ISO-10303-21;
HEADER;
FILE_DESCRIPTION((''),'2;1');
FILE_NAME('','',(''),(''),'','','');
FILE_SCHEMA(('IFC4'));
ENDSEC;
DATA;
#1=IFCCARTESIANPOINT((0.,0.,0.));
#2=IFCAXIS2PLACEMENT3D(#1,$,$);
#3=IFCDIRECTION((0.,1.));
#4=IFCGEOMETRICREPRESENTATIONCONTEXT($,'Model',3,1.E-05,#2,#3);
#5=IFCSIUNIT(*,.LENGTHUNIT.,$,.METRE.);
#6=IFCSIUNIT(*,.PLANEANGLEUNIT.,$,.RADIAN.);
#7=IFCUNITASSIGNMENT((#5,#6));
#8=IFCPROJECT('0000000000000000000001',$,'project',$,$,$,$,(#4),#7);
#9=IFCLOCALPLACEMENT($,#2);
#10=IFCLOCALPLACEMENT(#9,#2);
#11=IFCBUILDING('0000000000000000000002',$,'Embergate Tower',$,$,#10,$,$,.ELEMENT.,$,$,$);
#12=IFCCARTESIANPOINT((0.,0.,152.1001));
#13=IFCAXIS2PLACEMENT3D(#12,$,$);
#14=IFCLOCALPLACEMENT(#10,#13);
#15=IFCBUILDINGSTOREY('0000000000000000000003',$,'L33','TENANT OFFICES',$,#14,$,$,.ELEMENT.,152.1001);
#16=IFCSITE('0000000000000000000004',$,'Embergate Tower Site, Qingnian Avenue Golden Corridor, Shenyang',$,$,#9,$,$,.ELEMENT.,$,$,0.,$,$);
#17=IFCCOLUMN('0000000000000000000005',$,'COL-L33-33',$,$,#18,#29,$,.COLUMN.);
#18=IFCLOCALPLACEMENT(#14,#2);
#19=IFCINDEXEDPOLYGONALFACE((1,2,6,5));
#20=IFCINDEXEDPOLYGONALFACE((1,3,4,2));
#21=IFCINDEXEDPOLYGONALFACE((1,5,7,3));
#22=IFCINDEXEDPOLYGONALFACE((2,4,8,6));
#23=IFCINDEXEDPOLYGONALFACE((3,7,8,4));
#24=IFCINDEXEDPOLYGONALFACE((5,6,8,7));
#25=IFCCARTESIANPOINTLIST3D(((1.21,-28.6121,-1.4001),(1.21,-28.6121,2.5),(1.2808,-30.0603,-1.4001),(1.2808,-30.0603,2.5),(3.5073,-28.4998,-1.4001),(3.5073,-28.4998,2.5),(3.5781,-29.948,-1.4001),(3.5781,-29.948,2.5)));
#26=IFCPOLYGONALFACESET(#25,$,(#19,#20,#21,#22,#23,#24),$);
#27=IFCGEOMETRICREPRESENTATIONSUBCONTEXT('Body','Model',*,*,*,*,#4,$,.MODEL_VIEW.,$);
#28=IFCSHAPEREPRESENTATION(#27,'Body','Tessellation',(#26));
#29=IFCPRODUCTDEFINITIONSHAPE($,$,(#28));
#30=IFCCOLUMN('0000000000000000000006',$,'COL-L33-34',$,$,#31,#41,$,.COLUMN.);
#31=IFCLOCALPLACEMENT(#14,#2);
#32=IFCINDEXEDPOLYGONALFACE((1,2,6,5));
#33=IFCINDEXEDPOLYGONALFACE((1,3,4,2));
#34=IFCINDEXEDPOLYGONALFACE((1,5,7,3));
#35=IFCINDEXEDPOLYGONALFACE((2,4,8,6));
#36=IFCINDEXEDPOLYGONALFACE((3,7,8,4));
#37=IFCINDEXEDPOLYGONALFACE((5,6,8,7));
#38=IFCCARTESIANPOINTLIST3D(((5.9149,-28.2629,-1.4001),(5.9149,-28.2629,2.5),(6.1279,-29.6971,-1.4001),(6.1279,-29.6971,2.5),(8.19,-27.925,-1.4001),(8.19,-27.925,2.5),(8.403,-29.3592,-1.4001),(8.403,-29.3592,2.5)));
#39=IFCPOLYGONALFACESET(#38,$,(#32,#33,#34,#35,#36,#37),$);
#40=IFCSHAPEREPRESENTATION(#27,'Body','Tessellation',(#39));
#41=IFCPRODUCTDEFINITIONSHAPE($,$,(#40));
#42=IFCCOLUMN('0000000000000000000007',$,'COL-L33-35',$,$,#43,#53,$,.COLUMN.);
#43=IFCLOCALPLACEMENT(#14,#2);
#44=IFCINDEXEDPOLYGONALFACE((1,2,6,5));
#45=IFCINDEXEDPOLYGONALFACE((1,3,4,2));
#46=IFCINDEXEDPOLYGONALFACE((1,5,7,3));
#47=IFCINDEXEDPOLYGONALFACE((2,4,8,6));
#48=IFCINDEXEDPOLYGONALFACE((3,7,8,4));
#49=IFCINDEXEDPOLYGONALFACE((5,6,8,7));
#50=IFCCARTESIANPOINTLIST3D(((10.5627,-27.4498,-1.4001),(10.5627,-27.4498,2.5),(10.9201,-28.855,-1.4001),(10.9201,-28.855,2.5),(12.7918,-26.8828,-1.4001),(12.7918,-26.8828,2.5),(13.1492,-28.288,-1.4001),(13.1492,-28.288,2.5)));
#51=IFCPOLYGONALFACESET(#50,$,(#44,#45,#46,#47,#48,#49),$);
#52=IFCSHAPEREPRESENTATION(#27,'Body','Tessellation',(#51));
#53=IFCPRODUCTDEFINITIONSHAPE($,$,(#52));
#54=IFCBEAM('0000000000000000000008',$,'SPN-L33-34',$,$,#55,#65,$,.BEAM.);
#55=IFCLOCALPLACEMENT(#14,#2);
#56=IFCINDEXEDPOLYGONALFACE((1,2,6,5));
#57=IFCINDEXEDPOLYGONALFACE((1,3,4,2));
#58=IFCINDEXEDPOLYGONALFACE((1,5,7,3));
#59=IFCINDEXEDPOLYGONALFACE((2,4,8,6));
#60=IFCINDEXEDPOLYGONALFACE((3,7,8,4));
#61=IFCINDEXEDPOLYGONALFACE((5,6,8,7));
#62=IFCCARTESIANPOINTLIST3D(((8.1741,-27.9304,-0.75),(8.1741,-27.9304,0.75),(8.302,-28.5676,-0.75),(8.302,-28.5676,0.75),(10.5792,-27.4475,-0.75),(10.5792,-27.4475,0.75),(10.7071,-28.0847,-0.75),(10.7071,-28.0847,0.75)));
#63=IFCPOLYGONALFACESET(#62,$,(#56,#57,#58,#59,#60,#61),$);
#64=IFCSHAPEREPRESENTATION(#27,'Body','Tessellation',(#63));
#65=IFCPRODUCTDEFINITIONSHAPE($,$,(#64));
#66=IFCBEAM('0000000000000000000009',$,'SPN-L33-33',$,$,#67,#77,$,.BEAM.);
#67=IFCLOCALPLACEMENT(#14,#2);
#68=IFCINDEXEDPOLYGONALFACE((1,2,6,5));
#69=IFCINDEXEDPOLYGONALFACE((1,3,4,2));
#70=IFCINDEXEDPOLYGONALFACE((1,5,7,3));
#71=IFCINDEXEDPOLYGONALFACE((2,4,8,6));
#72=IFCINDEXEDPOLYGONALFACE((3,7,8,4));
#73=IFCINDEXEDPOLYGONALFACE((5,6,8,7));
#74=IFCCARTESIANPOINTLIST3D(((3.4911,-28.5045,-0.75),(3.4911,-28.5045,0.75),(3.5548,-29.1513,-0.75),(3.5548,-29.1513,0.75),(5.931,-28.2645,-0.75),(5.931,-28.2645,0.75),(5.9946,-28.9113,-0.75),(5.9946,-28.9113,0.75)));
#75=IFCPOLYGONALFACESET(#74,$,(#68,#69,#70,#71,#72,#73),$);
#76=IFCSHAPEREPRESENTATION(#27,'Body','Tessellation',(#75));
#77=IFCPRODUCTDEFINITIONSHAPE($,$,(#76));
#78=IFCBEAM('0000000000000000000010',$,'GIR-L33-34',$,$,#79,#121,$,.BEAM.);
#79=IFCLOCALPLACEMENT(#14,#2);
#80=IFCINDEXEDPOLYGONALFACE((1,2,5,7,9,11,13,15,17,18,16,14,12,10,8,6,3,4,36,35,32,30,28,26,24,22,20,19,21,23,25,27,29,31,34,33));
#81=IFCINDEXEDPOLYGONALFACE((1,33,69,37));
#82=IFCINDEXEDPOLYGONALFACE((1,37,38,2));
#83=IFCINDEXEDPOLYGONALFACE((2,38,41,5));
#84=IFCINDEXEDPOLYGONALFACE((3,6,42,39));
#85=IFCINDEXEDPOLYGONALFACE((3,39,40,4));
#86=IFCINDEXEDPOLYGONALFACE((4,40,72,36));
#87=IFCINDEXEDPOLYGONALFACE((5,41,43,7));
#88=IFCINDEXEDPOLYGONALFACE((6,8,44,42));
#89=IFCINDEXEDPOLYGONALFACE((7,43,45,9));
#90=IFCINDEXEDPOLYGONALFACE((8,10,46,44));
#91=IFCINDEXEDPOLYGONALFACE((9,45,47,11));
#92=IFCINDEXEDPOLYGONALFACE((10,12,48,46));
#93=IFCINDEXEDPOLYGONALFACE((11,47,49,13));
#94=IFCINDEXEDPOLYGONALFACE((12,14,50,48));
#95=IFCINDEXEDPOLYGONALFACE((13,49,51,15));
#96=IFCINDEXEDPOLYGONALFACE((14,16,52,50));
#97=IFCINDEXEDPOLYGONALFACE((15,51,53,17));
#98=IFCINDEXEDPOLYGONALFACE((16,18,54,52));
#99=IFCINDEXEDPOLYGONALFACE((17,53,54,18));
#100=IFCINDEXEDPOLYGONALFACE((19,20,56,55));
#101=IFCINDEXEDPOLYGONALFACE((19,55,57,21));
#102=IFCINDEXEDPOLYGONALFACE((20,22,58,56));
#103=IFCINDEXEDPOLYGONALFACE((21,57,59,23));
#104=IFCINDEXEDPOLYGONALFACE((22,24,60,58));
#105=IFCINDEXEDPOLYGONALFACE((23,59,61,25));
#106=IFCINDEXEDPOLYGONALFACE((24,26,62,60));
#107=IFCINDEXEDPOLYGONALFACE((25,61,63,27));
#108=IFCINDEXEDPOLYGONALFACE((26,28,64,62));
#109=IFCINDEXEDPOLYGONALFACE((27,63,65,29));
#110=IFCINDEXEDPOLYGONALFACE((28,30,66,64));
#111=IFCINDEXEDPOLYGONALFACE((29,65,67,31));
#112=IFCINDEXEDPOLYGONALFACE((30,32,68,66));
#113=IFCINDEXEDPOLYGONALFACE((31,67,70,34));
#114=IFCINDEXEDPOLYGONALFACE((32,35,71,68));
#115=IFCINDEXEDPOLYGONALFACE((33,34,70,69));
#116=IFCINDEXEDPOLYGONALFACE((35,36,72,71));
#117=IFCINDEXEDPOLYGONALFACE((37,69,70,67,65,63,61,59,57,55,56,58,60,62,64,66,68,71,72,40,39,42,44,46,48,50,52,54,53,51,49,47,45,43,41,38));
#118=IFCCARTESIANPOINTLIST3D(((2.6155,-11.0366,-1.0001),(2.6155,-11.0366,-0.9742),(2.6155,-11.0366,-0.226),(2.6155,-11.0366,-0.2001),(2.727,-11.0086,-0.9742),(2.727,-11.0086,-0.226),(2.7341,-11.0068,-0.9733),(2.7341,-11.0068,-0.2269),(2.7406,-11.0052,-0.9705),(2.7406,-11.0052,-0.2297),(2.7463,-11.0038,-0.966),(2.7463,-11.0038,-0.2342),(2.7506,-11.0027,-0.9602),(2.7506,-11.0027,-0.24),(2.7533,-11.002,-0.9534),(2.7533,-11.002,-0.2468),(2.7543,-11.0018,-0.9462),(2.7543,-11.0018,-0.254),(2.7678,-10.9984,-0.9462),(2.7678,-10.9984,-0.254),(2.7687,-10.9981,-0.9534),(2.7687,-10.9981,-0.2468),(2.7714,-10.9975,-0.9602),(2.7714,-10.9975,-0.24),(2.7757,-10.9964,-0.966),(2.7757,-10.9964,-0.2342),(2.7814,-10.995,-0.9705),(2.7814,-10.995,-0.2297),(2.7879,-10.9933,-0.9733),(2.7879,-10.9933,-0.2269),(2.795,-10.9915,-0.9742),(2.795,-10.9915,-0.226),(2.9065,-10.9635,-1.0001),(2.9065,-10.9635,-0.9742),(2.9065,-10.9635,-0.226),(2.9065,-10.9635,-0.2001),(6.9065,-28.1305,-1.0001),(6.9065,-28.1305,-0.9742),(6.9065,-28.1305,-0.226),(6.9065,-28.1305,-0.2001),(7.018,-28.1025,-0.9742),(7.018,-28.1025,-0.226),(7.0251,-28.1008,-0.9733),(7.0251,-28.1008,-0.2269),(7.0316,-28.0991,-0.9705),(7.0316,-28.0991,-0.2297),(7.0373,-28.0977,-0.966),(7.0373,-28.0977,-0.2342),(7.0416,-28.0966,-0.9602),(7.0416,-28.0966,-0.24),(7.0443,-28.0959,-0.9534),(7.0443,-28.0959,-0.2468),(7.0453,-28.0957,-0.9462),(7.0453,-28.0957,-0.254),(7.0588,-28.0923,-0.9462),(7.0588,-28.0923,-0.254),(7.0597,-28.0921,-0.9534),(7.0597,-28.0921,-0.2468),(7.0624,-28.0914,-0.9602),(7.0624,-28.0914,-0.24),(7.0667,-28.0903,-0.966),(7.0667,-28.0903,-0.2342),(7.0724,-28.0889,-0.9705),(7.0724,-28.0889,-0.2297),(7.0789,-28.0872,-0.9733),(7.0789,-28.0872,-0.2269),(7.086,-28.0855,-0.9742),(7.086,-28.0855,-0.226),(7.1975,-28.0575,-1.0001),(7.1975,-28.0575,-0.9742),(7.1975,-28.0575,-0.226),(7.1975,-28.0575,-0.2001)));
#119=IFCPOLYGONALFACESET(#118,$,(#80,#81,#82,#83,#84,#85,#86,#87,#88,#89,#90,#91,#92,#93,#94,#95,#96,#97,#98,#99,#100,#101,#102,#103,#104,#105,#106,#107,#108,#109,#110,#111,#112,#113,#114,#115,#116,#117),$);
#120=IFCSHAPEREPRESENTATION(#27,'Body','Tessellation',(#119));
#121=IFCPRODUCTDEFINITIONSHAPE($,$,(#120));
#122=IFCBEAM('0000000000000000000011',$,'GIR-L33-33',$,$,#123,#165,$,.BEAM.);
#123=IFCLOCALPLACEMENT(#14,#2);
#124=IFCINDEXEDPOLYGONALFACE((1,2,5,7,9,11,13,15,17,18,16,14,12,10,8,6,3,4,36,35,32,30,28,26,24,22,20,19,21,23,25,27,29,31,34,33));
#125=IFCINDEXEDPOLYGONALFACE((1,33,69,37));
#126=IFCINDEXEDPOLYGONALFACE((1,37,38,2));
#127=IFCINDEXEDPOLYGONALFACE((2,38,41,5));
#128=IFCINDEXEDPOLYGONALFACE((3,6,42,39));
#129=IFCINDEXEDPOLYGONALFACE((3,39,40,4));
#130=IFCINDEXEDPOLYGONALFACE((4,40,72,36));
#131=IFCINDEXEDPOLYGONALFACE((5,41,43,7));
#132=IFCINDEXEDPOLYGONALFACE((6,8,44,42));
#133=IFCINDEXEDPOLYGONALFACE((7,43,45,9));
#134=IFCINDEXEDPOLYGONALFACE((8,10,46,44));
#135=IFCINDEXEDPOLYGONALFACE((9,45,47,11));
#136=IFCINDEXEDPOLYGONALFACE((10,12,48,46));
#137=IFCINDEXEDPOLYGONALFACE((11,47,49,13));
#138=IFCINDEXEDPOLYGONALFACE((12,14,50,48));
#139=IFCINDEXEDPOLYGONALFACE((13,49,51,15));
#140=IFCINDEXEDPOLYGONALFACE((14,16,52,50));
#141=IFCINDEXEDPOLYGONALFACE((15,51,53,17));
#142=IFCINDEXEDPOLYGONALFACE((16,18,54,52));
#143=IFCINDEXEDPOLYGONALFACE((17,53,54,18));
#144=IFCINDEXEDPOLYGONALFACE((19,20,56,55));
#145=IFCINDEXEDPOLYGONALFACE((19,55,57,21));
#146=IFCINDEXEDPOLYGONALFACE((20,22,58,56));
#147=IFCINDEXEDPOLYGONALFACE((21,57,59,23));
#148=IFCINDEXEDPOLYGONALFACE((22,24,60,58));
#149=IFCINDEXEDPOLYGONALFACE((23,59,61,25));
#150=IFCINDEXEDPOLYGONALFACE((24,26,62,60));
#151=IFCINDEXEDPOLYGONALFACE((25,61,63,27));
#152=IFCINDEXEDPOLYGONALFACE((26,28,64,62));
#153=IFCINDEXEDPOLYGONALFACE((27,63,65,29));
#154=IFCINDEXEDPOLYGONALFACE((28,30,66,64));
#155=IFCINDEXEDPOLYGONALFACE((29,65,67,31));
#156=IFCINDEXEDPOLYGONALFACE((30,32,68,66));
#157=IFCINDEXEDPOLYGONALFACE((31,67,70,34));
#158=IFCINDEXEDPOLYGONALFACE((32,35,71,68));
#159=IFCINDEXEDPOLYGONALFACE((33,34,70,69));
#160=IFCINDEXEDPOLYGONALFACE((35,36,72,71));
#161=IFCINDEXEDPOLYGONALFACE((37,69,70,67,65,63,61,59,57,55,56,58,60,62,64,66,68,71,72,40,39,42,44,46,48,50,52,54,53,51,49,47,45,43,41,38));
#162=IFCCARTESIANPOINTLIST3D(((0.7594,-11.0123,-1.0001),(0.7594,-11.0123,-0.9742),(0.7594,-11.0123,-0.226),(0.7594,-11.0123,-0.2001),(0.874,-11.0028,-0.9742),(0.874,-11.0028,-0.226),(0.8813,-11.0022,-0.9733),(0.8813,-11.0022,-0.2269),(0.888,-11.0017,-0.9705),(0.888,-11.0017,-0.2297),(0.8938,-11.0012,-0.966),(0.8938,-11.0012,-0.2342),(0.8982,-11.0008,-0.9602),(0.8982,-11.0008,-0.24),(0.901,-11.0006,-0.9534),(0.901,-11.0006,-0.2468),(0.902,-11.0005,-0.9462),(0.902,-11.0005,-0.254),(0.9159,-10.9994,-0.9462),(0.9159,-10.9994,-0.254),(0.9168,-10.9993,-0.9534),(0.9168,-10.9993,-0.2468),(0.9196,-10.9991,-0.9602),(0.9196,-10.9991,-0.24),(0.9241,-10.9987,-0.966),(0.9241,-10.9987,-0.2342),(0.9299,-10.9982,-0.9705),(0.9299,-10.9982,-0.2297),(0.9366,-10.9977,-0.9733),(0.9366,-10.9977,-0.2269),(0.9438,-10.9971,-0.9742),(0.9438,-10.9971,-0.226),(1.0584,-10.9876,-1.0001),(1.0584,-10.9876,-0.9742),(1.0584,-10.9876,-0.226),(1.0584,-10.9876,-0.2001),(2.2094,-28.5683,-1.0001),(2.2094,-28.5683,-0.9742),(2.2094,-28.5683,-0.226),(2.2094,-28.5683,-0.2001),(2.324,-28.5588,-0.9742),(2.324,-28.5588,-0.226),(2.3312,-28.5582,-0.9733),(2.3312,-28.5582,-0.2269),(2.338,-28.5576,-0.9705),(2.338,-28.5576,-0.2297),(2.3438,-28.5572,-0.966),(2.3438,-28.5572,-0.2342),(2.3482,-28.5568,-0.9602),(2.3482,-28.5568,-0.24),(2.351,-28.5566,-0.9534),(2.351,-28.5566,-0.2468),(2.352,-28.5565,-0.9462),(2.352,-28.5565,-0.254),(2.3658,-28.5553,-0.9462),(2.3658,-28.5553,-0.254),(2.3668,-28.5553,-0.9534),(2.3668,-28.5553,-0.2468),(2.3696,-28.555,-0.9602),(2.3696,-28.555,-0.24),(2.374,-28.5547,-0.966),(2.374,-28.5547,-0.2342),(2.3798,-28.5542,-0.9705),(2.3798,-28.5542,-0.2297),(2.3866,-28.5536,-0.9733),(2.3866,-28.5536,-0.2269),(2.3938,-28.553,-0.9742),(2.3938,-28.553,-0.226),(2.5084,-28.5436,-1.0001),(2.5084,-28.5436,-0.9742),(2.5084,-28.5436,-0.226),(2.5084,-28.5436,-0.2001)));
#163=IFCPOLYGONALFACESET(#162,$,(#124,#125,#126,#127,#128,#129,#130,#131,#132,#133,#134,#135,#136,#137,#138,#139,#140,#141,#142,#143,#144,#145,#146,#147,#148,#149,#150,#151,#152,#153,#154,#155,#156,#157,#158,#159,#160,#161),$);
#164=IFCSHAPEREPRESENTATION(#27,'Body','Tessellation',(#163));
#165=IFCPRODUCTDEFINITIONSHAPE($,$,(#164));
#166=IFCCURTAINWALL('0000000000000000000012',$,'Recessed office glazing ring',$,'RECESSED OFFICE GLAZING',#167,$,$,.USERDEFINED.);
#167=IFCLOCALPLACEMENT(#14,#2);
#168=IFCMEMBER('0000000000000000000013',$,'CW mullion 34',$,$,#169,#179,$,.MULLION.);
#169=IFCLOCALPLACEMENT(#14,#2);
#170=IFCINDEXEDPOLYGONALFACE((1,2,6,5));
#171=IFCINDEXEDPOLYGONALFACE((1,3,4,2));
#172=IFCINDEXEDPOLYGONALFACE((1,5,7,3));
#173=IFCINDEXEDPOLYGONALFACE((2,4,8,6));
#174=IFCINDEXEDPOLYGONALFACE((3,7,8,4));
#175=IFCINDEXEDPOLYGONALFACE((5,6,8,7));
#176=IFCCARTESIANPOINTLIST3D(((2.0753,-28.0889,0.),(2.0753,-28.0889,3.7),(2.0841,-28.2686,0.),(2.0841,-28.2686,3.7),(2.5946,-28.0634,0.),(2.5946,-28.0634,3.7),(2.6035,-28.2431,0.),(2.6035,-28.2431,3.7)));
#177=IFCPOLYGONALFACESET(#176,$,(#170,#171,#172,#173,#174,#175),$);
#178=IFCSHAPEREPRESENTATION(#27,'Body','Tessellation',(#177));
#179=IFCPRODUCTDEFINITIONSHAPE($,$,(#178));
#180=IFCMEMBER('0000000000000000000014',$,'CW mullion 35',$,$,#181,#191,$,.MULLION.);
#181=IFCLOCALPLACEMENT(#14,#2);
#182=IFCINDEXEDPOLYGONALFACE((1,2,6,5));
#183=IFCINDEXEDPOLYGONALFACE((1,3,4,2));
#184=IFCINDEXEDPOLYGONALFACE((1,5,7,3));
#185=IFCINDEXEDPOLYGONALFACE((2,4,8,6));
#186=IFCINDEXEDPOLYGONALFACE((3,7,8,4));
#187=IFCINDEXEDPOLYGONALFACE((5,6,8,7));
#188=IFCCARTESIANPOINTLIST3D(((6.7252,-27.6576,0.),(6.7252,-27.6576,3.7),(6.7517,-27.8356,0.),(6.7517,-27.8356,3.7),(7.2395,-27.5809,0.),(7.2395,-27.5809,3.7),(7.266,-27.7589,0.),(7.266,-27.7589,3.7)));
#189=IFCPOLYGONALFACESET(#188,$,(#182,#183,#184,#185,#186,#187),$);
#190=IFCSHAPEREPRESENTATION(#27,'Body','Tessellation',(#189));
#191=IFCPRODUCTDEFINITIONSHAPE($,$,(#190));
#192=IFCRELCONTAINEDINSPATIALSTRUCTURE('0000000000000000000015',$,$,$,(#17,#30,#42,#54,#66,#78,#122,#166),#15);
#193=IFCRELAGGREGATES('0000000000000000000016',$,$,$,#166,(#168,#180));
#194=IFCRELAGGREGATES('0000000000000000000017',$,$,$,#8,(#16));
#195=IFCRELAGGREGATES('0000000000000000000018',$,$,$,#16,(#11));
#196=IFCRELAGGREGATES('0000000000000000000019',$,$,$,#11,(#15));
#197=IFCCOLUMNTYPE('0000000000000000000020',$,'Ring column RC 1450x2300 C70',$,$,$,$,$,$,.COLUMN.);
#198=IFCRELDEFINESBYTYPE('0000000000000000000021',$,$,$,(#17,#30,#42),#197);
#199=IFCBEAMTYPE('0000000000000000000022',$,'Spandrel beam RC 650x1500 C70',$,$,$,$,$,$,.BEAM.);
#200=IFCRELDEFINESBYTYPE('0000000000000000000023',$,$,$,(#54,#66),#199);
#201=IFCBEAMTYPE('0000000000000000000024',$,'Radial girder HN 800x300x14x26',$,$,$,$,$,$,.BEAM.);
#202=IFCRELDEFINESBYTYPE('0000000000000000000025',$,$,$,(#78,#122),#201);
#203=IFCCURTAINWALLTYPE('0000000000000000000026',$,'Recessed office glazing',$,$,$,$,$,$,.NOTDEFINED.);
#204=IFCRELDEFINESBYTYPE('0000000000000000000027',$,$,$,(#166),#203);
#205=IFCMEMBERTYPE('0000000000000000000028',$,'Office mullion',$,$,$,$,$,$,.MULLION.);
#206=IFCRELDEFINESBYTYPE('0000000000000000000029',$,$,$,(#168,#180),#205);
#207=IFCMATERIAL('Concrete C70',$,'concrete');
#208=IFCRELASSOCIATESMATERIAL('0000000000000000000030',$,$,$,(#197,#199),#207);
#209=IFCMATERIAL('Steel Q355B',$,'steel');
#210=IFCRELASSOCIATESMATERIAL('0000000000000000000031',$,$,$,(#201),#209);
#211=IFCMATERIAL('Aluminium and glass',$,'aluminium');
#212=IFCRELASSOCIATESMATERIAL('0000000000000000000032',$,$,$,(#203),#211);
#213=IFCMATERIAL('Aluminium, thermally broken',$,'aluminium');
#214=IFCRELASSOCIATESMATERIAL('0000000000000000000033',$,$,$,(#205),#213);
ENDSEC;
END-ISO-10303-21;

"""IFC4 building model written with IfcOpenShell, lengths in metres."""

from ifc_helpers import new_model, si_unit, direction, frame, origin, origin_2d, place, context, subcontext, project, spatial, rectangle, i_section, extrude, source, transform, mapped, material, material_profile, profile_set, type_object, element, aggregate, save


model = new_model("IFC4")

# Units and contexts
model_context = context("Model", 3, precision=1e-05, world=origin(), true_north=direction((0.0, 1.0)))
body_context = subcontext(model_context, "Body", "Model", "MODEL_VIEW")
ifc_project = project(units=[si_unit("LENGTHUNIT", "METRE"), si_unit("PLANEANGLEUNIT", "RADIAN")], contexts=[model_context])

# Site, building, storey
site_placement = place(None, origin())
site = spatial("IfcSite", under=ifc_project, at=site_placement, Name="Embergate Tower Site, Qingnian Avenue Golden Corridor, Shenyang", CompositionType="ELEMENT", RefElevation=0.0)
building_placement = place(site_placement, origin())
building = spatial("IfcBuilding", under=site, at=building_placement, Name="Embergate Tower", CompositionType="ELEMENT")
storey_placement = place(building_placement, frame((0.0, 0.0, 152.1001)))
storey = spatial("IfcBuildingStorey", under=building, at=storey_placement, Name="L33", Description="TENANT OFFICES", CompositionType="ELEMENT", Elevation=152.1001)

# Columns
ifc_material_1 = material(Name="Concrete C70", Category="concrete")
ifc_material_profile_1 = material_profile(ifc_material_1, rectangle(XDim=1.45, YDim=2.3, at=origin_2d()), Name="RC 1450x2300")
ifc_profile_set_1 = profile_set([ifc_material_profile_1], Name="Concrete C70")
column_type = type_object("IfcColumnType", Name="Ring column RC 1450x2300 C70", PredefinedType="COLUMN", material=ifc_profile_set_1)
shared_shape_1 = source(origin(), body_context, "Body", "SweptSolid", [
    extrude(rectangle(XDim=1.45, YDim=2.3, at=origin_2d()), origin(), (0.0, 0.0, 1.0), 3.9001),
])
for number, where, z_axis, x_axis, name in (
    (1, (2.394, -29.28, -1.4001), (0.0, 0.0, 1.0), (0.048815, -0.998808, 0.0), "COL-L33-33"),
    (2, (7.1589, -28.811, -1.4001), (0.0, 0.0, 1.0), (0.146929, -0.989147, 0.0), "COL-L33-34"),
    (3, (11.856, -27.8689, -1.4001), (0.0, 0.0, 1.0), (0.246492, -0.969145, 0.0), "COL-L33-35"),
):
    element("IfcColumn", number, at=place(storey_placement, frame(where, z_axis=z_axis, x_axis=x_axis)), inside=storey, type_object=column_type, Name=name, PredefinedType="COLUMN", context=body_context, shape_type="MappedRepresentation", body=[
        mapped(shared_shape_1, transform((0.0, 0.0, 0.0))),
    ])

# Beams
ifc_material_profile_2 = material_profile(ifc_material_1, rectangle(XDim=0.6499, YDim=1.5, at=origin_2d()), Name="RC 650x1500")
ifc_profile_set_2 = profile_set([ifc_material_profile_2], Name="Concrete C70")
beam_type_1 = type_object("IfcBeamType", Name="Spandrel beam RC 650x1500 C70", PredefinedType="BEAM", material=ifc_profile_set_2)
shared_shape_2 = source(origin(), body_context, "Body", "SweptSolid", [
    extrude(rectangle(XDim=0.6499, YDim=1.5, at=origin_2d()), origin(), (0.0, 0.0, 1.0), 2.4531),
])
beam_1_placement = place(storey_placement, frame((8.238, -28.249, 0.0), z_axis=(0.980431, 0.196863, 0.0), x_axis=(-0.196863, 0.980431, 0.0)))
element("IfcBeam", 4, at=beam_1_placement, inside=storey, type_object=beam_type_1, Name="SPN-L33-34", PredefinedType="BEAM", context=body_context, shape_type="MappedRepresentation", body=[
    mapped(shared_shape_2, transform((0.0, 0.0, 0.0))),
])
shared_shape_3 = source(origin(), body_context, "Body", "SweptSolid", [
    extrude(rectangle(XDim=0.6499, YDim=1.5, at=origin_2d()), origin(), (0.0, 0.0, 1.0), 2.4517),
])
beam_2_placement = place(storey_placement, frame((3.5229, -28.8279, 0.0), z_axis=(0.995198, 0.097887, 0.0), x_axis=(-0.097887, 0.995198, 0.0)))
element("IfcBeam", 5, at=beam_2_placement, inside=storey, type_object=beam_type_1, Name="SPN-L33-33", PredefinedType="BEAM", context=body_context, shape_type="MappedRepresentation", body=[
    mapped(shared_shape_3, transform((0.0, 0.0, 0.0))),
])
ifc_material_2 = material(Name="Steel Q355B", Category="steel")
ifc_material_profile_3 = material_profile(ifc_material_2, i_section(OverallWidth=0.3, OverallDepth=0.8, WebThickness=0.0139, FlangeThickness=0.0259, FilletRadius=0.0281, at=origin_2d()), Name="HN 800x300x14x26")
ifc_profile_set_3 = profile_set([ifc_material_profile_3], Name="Steel Q355 grade B")
beam_type_2 = type_object("IfcBeamType", Name="Radial girder HN 800x300x14x26", PredefinedType="BEAM", material=ifc_profile_set_3)
shared_shape_4 = source(origin(), body_context, "Body", "SweptSolid", [
    extrude(i_section(OverallWidth=0.3, OverallDepth=0.8, WebThickness=0.0139, FlangeThickness=0.0259, FilletRadius=0.0281, at=origin_2d()), origin(), (0.0, 0.0, 1.0), 17.6243),
])
beam_3_placement = place(storey_placement, frame((7.052, -28.094, -0.6001), z_axis=(-0.243471, 0.969908, 0.0), x_axis=(-0.969908, -0.243471, 0.0)))
element("IfcBeam", 6, at=beam_3_placement, inside=storey, type_object=beam_type_2, Name="GIR-L33-34", PredefinedType="BEAM", context=body_context, shape_type="MappedRepresentation", body=[
    mapped(shared_shape_4, transform((0.0, 0.0, 0.0))),
])
shared_shape_5 = source(origin(), body_context, "Body", "SweptSolid", [
    extrude(i_section(OverallWidth=0.3, OverallDepth=0.8, WebThickness=0.0139, FlangeThickness=0.0259, FilletRadius=0.0281, at=origin_2d()), origin(), (0.0, 0.0, 1.0), 17.6157),
])
beam_4_placement = place(storey_placement, frame((2.3589, -28.5559, -0.6001), z_axis=(-0.08231, 0.996607, 0.0), x_axis=(-0.996607, -0.08231, 0.0)))
element("IfcBeam", 7, at=beam_4_placement, inside=storey, type_object=beam_type_2, Name="GIR-L33-33", PredefinedType="BEAM", context=body_context, shape_type="MappedRepresentation", body=[
    mapped(shared_shape_5, transform((0.0, 0.0, 0.0))),
])

# Curtain wall, members
ifc_material_3 = material(Name="Aluminium and glass", Category="aluminium")
curtain_wall_type = type_object("IfcCurtainWallType", Name="Recessed office glazing", PredefinedType="NOTDEFINED", material=ifc_material_3)
curtain_wall_placement = place(storey_placement, origin())
curtain_wall = element("IfcCurtainWall", 8, at=curtain_wall_placement, inside=storey, type_object=curtain_wall_type, Name="Recessed office glazing ring", ObjectType="RECESSED OFFICE GLAZING", PredefinedType="USERDEFINED")
ifc_material_4 = material(Name="Aluminium, thermally broken", Category="aluminium")
ifc_material_profile_4 = material_profile(ifc_material_4, rectangle(XDim=0.1799, YDim=0.52, at=origin_2d()), Name="AL 520x180")
ifc_profile_set_4 = profile_set([ifc_material_profile_4], Name="Aluminium, thermally broken")
member_type_1 = type_object("IfcMemberType", Name="Office mullion", PredefinedType="MULLION", material=ifc_profile_set_4)
shared_shape_6 = source(origin(), body_context, "Body", "SweptSolid", [
    extrude(rectangle(XDim=0.1799, YDim=0.52, at=origin_2d()), origin(), (0.0, 0.0, 1.0), 3.7),
])
member_1_placement = place(storey_placement, frame((2.3394, -28.166, 0.0), z_axis=(0.0, 0.0, 1.0), x_axis=(-0.048972, 0.9988, 0.0)))
member_1 = element("IfcMember", 9, at=member_1_placement, type_object=member_type_1, Name="CW mullion 34", PredefinedType="MULLION", context=body_context, shape_type="MappedRepresentation", body=[
    mapped(shared_shape_6, transform((0.0, 0.0, 0.0))),
])
member_2_placement = place(storey_placement, frame((6.9956, -27.7083, 0.0), z_axis=(0.0, 0.0, 1.0), x_axis=(-0.147412, 0.989075, 0.0)))
member_2 = element("IfcMember", 10, at=member_2_placement, type_object=member_type_1, Name="CW mullion 35", PredefinedType="MULLION", context=body_context, shape_type="MappedRepresentation", body=[
    mapped(shared_shape_6, transform((0.0, 0.0, 0.0))),
])
aggregate(curtain_wall, [member_1, member_2])

save(model, "model.ifc")
